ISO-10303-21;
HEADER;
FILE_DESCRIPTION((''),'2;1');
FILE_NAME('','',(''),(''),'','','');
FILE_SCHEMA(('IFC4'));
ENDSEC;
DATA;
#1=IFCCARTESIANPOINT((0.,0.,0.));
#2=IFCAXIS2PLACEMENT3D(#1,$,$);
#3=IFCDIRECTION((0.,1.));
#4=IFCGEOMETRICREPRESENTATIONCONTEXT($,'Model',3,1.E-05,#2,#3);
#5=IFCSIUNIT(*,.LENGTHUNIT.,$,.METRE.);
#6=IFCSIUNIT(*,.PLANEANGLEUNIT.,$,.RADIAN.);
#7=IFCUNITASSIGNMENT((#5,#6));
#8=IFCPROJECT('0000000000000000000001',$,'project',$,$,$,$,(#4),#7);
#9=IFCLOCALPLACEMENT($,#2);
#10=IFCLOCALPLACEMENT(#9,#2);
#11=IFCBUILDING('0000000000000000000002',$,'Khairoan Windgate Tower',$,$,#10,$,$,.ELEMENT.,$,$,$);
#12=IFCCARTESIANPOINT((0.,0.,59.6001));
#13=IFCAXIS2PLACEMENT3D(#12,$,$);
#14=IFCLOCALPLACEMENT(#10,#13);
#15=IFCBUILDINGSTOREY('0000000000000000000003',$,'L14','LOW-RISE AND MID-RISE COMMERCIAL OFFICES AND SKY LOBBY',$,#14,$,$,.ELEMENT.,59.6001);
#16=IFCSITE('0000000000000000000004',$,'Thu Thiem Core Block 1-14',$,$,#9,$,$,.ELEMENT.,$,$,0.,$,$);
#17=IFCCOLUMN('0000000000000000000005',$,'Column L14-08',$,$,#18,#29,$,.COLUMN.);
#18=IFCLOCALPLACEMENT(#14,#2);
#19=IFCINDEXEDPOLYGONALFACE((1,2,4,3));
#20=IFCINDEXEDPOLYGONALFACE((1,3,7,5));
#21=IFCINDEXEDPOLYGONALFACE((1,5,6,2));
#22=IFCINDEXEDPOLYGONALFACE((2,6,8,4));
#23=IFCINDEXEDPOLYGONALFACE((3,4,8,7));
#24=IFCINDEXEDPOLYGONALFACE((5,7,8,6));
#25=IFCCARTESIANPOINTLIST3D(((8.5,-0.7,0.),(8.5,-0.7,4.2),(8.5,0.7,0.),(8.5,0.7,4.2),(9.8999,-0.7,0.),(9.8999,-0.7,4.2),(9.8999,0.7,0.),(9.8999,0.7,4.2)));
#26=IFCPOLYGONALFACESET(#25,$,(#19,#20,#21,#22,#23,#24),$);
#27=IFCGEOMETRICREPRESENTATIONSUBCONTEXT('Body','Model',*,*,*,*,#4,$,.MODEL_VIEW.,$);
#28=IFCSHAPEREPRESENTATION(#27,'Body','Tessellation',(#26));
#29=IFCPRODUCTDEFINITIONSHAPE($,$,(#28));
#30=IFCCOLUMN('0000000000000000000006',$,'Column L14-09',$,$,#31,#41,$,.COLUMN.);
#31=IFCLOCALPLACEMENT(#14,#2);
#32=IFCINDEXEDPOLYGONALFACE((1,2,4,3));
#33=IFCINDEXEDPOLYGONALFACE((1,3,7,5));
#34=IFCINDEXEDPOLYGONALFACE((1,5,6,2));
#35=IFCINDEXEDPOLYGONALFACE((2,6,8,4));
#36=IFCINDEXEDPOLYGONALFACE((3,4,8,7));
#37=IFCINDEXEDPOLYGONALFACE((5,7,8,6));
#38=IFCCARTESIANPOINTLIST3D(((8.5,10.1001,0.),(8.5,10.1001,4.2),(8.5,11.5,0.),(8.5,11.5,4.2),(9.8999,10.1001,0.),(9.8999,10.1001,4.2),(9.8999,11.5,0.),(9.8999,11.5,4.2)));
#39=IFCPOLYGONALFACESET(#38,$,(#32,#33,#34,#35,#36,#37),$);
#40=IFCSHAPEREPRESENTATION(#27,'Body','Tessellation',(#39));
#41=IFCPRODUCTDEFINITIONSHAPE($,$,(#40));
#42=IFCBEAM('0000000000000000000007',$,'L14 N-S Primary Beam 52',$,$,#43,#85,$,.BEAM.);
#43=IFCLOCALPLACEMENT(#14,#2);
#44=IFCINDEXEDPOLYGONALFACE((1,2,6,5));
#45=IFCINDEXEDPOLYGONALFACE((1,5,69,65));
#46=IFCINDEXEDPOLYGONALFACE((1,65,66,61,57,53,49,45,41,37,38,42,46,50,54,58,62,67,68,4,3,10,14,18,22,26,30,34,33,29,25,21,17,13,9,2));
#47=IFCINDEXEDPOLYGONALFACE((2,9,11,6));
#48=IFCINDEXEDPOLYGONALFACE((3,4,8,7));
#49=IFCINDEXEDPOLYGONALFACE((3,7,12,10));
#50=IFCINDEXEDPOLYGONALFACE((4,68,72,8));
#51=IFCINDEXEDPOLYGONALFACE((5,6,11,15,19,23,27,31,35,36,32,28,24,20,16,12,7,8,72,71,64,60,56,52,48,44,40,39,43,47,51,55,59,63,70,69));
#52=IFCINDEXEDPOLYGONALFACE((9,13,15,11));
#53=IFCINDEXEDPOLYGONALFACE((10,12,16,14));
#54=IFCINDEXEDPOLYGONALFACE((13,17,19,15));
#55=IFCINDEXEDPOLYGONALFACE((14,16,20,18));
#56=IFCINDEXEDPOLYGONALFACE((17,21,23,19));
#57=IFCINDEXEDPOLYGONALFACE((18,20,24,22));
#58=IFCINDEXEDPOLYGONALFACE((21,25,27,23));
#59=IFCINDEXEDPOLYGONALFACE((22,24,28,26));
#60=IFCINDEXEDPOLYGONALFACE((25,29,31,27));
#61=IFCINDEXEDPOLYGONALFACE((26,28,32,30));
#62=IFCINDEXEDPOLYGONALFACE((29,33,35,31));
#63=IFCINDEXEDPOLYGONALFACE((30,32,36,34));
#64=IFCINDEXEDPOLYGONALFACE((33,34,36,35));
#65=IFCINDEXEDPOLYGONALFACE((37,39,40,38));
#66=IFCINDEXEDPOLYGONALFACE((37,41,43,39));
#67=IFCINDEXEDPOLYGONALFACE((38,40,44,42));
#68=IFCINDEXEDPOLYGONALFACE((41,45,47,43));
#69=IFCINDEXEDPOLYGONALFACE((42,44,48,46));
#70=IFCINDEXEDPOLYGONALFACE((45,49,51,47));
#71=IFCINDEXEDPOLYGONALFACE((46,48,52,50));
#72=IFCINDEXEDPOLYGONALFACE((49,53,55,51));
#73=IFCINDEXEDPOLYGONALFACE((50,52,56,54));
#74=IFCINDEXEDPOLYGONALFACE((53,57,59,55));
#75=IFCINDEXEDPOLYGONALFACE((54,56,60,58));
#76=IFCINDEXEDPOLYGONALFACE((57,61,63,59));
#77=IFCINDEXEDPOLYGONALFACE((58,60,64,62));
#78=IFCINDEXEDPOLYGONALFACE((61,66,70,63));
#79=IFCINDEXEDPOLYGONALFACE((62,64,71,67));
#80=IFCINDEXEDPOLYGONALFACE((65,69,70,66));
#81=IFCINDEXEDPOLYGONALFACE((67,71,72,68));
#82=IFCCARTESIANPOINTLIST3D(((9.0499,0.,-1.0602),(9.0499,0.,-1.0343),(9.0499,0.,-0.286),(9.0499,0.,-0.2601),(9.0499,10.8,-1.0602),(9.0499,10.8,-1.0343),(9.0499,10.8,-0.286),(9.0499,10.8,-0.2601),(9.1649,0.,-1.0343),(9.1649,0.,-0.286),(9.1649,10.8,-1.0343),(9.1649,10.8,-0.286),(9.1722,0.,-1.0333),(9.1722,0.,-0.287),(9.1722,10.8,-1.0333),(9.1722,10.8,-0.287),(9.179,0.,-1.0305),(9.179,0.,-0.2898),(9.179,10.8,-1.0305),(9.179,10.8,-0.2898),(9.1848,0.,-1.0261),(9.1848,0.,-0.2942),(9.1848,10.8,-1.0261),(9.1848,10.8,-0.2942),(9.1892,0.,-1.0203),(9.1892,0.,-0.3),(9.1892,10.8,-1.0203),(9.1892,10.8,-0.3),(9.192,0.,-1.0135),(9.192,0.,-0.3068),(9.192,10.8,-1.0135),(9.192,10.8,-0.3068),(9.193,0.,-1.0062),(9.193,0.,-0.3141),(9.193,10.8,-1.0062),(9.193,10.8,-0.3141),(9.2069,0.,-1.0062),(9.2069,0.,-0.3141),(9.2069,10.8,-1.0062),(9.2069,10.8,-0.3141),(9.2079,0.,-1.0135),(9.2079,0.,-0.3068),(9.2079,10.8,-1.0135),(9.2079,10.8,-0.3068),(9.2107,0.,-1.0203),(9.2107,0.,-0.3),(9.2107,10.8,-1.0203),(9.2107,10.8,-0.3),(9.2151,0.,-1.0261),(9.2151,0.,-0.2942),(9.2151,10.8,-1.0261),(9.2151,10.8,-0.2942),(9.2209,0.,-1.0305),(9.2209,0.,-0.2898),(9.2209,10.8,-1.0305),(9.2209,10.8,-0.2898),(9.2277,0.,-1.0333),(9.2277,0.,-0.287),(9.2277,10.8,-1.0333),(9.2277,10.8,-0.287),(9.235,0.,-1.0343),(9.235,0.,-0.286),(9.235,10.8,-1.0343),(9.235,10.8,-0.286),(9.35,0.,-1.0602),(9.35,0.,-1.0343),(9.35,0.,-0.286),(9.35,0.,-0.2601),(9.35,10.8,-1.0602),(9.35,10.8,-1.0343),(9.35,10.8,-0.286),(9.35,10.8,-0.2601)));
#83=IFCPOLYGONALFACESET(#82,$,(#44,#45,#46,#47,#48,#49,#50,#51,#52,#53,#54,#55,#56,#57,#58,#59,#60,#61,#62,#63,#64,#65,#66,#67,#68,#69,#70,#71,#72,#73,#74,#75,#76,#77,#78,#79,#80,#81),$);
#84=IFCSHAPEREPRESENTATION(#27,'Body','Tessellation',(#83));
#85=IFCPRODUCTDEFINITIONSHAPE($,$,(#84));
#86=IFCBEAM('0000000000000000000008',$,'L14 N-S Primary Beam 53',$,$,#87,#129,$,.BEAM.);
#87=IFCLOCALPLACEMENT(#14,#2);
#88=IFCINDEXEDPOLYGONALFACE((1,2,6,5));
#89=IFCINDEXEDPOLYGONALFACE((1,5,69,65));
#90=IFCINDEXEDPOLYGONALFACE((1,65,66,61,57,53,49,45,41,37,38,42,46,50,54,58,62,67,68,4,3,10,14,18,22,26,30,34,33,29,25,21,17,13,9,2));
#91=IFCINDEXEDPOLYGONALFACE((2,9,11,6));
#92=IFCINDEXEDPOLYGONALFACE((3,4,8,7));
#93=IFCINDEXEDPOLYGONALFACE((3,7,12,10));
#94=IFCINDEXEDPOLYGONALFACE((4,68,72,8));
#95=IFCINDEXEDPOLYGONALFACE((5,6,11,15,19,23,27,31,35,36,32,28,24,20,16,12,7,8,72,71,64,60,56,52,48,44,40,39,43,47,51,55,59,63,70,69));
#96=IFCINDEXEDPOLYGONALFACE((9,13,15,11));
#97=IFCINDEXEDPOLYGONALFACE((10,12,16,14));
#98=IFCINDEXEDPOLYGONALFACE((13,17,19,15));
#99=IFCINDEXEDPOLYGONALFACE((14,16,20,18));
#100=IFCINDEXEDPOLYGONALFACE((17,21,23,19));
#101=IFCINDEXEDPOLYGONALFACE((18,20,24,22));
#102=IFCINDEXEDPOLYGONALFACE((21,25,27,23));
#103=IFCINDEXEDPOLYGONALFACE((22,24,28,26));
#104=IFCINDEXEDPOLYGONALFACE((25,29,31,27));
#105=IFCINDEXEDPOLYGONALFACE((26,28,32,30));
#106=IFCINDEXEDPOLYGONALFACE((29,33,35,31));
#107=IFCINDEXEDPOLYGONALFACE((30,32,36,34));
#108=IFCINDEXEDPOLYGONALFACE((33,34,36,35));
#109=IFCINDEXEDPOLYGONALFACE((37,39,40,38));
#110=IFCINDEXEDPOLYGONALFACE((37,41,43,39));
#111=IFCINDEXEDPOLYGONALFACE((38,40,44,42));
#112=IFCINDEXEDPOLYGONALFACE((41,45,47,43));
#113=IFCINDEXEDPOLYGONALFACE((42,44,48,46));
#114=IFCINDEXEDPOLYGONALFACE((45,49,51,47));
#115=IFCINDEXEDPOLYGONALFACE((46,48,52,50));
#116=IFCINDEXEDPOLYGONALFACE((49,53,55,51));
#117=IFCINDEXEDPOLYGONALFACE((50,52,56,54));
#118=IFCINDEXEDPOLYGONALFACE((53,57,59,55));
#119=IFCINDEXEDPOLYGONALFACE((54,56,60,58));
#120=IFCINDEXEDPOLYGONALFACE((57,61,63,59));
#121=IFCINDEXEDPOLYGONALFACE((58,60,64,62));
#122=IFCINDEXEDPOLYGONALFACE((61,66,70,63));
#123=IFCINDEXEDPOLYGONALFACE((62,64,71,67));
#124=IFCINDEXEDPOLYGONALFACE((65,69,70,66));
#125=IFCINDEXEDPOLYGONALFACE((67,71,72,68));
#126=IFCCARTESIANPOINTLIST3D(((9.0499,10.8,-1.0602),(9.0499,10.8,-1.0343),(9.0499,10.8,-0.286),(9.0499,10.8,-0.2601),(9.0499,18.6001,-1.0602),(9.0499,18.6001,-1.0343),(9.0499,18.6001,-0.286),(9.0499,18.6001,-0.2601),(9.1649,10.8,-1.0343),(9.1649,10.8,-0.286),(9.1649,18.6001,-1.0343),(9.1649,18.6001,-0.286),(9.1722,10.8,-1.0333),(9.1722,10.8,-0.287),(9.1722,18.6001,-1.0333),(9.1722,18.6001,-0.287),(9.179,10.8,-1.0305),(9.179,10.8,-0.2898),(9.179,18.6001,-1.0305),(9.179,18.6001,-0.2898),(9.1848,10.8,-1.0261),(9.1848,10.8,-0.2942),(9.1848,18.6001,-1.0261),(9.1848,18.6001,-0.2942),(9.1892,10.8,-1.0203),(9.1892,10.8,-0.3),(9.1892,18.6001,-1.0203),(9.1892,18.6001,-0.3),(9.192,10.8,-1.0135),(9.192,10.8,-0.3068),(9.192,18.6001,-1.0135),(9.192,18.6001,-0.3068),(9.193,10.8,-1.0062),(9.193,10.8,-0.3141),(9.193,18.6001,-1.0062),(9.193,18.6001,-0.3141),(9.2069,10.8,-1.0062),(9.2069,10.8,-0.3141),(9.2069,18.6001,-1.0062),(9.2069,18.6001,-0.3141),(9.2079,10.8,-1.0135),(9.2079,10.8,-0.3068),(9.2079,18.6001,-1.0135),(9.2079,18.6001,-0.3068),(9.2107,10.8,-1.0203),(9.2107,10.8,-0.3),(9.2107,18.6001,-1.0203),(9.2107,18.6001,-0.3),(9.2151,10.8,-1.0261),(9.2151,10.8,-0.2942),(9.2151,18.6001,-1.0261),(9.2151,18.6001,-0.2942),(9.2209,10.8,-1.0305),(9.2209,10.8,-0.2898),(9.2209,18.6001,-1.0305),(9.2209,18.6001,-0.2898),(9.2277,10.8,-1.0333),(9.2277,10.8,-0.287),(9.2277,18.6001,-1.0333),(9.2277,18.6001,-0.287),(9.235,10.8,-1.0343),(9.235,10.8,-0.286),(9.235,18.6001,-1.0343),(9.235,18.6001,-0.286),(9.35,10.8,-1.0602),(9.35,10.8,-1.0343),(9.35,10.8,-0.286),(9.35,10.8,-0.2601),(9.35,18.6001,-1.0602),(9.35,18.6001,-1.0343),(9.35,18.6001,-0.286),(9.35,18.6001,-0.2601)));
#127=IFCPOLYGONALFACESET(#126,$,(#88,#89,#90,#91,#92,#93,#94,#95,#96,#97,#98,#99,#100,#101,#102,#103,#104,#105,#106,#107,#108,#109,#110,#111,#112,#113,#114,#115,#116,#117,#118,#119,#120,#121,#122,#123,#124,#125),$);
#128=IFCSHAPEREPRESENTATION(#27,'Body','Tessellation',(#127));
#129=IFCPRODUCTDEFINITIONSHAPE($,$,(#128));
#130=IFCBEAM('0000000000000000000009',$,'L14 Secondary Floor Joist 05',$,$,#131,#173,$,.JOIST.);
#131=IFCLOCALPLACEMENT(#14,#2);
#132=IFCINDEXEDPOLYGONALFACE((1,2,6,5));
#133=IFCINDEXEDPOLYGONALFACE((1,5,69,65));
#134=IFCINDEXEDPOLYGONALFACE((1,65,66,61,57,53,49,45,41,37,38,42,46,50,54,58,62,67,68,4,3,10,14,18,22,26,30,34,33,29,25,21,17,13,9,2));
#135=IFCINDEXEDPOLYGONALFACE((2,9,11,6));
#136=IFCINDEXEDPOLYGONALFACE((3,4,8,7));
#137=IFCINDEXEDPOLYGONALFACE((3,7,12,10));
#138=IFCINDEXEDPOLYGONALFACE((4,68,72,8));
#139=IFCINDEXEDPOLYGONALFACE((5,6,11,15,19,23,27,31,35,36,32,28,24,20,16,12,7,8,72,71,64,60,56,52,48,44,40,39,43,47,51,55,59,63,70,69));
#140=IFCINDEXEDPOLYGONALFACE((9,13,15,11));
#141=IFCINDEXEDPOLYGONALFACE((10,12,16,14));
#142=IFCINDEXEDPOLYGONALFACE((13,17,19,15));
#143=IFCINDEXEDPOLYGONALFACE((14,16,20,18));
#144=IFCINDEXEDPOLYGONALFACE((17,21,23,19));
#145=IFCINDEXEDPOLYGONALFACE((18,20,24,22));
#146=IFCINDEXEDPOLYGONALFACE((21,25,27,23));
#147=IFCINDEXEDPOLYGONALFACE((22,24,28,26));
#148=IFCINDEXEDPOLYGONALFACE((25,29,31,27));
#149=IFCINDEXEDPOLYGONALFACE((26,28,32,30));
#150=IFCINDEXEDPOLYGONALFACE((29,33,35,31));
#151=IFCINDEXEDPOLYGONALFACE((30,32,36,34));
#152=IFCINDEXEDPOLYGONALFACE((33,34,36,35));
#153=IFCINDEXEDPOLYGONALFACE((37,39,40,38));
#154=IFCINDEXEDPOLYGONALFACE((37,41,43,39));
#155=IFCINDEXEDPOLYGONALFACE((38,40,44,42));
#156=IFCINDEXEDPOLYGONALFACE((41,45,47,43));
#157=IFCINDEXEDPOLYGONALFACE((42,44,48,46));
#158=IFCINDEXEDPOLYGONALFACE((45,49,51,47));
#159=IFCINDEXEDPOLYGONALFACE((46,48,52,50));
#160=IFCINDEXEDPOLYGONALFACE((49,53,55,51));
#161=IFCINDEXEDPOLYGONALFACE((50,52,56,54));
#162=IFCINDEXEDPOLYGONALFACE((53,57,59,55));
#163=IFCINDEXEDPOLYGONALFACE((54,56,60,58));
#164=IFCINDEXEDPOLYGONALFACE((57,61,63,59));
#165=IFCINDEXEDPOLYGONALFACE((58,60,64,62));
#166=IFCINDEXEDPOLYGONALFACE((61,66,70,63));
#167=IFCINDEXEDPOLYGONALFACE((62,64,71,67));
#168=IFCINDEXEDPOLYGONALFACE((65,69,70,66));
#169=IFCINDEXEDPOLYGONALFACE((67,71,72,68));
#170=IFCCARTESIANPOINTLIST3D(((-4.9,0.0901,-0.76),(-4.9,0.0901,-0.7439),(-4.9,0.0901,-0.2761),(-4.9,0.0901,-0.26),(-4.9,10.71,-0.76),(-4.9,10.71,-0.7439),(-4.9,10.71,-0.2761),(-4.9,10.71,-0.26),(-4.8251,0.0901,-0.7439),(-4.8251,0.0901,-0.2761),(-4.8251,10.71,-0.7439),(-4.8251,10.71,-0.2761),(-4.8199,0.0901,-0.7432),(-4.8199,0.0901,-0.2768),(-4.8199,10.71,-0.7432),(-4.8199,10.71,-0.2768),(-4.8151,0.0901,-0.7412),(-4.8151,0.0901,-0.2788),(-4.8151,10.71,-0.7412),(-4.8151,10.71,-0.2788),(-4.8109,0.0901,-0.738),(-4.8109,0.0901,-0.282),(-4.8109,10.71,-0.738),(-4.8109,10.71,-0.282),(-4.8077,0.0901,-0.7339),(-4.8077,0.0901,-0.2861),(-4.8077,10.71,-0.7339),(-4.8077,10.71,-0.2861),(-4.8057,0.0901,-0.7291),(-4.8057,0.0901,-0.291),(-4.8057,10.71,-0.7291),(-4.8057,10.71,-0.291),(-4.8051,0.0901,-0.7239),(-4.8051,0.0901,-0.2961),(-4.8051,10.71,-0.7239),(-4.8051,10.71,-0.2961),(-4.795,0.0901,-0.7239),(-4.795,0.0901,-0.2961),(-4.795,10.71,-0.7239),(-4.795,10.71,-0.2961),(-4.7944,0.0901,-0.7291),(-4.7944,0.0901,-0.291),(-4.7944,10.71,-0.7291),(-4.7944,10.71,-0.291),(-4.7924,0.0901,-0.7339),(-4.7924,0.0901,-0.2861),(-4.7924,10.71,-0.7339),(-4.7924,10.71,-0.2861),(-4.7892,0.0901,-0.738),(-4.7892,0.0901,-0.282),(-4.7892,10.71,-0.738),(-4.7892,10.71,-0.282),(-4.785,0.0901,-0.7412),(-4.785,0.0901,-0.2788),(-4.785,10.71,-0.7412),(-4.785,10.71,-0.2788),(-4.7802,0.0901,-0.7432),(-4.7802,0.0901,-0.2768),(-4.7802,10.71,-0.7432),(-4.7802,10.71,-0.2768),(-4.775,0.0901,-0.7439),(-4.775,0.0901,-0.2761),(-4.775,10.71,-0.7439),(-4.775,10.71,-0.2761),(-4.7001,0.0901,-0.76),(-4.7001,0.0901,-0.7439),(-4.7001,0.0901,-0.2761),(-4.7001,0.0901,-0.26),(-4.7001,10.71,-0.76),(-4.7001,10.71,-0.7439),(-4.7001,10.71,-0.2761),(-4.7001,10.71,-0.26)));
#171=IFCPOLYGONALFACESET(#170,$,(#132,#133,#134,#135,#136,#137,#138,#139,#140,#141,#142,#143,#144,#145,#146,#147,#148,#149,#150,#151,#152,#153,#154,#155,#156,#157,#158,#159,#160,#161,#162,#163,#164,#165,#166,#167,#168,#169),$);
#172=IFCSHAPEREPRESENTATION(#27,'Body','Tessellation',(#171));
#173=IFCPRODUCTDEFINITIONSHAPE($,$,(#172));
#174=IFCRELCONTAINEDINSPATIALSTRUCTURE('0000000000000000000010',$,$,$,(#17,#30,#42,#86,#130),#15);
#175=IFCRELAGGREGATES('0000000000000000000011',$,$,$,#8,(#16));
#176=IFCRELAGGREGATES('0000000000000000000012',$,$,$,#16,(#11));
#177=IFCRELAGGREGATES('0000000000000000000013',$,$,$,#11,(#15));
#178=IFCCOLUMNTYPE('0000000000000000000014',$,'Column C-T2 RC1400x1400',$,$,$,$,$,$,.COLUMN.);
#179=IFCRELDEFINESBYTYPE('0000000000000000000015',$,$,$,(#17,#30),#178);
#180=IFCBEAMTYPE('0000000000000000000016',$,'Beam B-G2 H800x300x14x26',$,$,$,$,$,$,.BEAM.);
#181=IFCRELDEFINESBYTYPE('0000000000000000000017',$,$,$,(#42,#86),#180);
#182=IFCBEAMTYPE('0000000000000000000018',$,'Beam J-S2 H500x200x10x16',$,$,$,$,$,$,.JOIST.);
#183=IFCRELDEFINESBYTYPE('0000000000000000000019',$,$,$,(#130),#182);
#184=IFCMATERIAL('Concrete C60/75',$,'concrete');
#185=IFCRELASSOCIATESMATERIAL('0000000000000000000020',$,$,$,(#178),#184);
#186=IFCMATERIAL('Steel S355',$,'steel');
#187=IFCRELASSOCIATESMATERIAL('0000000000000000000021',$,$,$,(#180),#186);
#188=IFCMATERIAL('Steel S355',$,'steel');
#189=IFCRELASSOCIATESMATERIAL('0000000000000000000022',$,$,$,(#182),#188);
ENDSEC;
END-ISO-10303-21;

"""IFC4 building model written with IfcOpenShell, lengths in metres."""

from ifc_helpers import new_model, si_unit, direction, frame, origin, origin_2d, place, context, subcontext, project, spatial, rectangle, i_section, extrude, material, material_profile, profile_set, type_object, element, save


model = new_model("IFC4")

# Units and contexts
model_context = context("Model", 3, precision=1e-05, world=origin(), true_north=direction((0.0, 1.0)))
body_context = subcontext(model_context, "Body", "Model", "MODEL_VIEW")
ifc_project = project(units=[si_unit("LENGTHUNIT", "METRE"), si_unit("PLANEANGLEUNIT", "RADIAN")], contexts=[model_context])

# Site, building, storey
site_placement = place(None, origin())
site = spatial("IfcSite", under=ifc_project, at=site_placement, Name="Thu Thiem Core Block 1-14", CompositionType="ELEMENT", RefElevation=0.0)
building_placement = place(site_placement, origin())
building = spatial("IfcBuilding", under=site, at=building_placement, Name="Khairoan Windgate Tower", CompositionType="ELEMENT")
storey_placement = place(building_placement, frame((0.0, 0.0, 59.6001)))
storey = spatial("IfcBuildingStorey", under=building, at=storey_placement, Name="L14", Description="LOW-RISE AND MID-RISE COMMERCIAL OFFICES AND SKY LOBBY", CompositionType="ELEMENT", Elevation=59.6001)

# Columns
ifc_material_1 = material(Name="Concrete C60/75", Category="concrete")
ifc_material_profile_1 = material_profile(ifc_material_1, rectangle(XDim=1.3999, YDim=1.3999, at=origin_2d()))
ifc_profile_set_1 = profile_set([ifc_material_profile_1], Name="Concrete C60/75")
column_type = type_object("IfcColumnType", Name="Column C-T2 RC1400x1400", PredefinedType="COLUMN", material=ifc_profile_set_1)
for number, where, z_axis, x_axis, name in (
    (1, (9.2, 0.0, 0.0), (0.0, 0.0, 1.0), (1.0, 0.0, 0.0), "Column L14-08"),
    (2, (9.2, 10.8, 0.0), (0.0, 0.0, 1.0), (1.0, 0.0, 0.0), "Column L14-09"),
):
    element("IfcColumn", number, at=place(storey_placement, frame(where, z_axis=z_axis, x_axis=x_axis)), inside=storey, type_object=column_type, Name=name, PredefinedType="COLUMN", context=body_context, shape_type="SweptSolid", body=[
        extrude(rectangle(XDim=1.3999, YDim=1.3999, at=origin_2d()), origin(), (0.0, 0.0, 1.0), 4.2),
    ])

# Beams
ifc_material_2 = material(Name="Steel S355", Category="steel")
ifc_material_profile_2 = material_profile(ifc_material_2, i_section(OverallWidth=0.3, OverallDepth=0.8, WebThickness=0.0139, FlangeThickness=0.0259, FilletRadius=0.0281, at=origin_2d()))
ifc_profile_set_2 = profile_set([ifc_material_profile_2], Name="Steel S355")
beam_type_1 = type_object("IfcBeamType", Name="Beam B-G2 H800x300x14x26", PredefinedType="BEAM", material=ifc_profile_set_2)
beam_1_placement = place(storey_placement, frame((9.2, 0.0, -0.6602), z_axis=(0.0, 1.0, 0.0), x_axis=(-1.0, 0.0, 0.0)))
element("IfcBeam", 3, at=beam_1_placement, inside=storey, type_object=beam_type_1, Name="L14 N-S Primary Beam 52", PredefinedType="BEAM", context=body_context, shape_type="SweptSolid", body=[
    extrude(i_section(OverallWidth=0.3, OverallDepth=0.8, WebThickness=0.0139, FlangeThickness=0.0259, FilletRadius=0.0281, at=origin_2d()), origin(), (0.0, 0.0, 1.0), 10.8),
])
beam_2_placement = place(storey_placement, frame((9.2, 10.8, -0.6602), z_axis=(0.0, 1.0, 0.0), x_axis=(-1.0, 0.0, 0.0)))
element("IfcBeam", 4, at=beam_2_placement, inside=storey, type_object=beam_type_1, Name="L14 N-S Primary Beam 53", PredefinedType="BEAM", context=body_context, shape_type="SweptSolid", body=[
    extrude(i_section(OverallWidth=0.3, OverallDepth=0.8, WebThickness=0.0139, FlangeThickness=0.0259, FilletRadius=0.0281, at=origin_2d()), origin(), (0.0, 0.0, 1.0), 7.8),
])
ifc_material_3 = material(Name="Steel S355", Category="steel")
ifc_material_profile_3 = material_profile(ifc_material_3, i_section(OverallWidth=0.2, OverallDepth=0.5, WebThickness=0.01, FlangeThickness=0.0161, FilletRadius=0.02, at=origin_2d()))
ifc_profile_set_3 = profile_set([ifc_material_profile_3], Name="Steel S355")
beam_type_2 = type_object("IfcBeamType", Name="Beam J-S2 H500x200x10x16", PredefinedType="JOIST", material=ifc_profile_set_3)
beam_3_placement = place(storey_placement, frame((-4.8, 0.0901, -0.51), z_axis=(0.0, 1.0, 0.0), x_axis=(-1.0, 0.0, 0.0)))
element("IfcBeam", 5, at=beam_3_placement, inside=storey, type_object=beam_type_2, Name="L14 Secondary Floor Joist 05", PredefinedType="JOIST", context=body_context, shape_type="SweptSolid", body=[
    extrude(i_section(OverallWidth=0.2, OverallDepth=0.5, WebThickness=0.01, FlangeThickness=0.0161, FilletRadius=0.02, at=origin_2d()), origin(), (0.0, 0.0, 1.0), 10.6199),
])

save(model, "model.ifc")
